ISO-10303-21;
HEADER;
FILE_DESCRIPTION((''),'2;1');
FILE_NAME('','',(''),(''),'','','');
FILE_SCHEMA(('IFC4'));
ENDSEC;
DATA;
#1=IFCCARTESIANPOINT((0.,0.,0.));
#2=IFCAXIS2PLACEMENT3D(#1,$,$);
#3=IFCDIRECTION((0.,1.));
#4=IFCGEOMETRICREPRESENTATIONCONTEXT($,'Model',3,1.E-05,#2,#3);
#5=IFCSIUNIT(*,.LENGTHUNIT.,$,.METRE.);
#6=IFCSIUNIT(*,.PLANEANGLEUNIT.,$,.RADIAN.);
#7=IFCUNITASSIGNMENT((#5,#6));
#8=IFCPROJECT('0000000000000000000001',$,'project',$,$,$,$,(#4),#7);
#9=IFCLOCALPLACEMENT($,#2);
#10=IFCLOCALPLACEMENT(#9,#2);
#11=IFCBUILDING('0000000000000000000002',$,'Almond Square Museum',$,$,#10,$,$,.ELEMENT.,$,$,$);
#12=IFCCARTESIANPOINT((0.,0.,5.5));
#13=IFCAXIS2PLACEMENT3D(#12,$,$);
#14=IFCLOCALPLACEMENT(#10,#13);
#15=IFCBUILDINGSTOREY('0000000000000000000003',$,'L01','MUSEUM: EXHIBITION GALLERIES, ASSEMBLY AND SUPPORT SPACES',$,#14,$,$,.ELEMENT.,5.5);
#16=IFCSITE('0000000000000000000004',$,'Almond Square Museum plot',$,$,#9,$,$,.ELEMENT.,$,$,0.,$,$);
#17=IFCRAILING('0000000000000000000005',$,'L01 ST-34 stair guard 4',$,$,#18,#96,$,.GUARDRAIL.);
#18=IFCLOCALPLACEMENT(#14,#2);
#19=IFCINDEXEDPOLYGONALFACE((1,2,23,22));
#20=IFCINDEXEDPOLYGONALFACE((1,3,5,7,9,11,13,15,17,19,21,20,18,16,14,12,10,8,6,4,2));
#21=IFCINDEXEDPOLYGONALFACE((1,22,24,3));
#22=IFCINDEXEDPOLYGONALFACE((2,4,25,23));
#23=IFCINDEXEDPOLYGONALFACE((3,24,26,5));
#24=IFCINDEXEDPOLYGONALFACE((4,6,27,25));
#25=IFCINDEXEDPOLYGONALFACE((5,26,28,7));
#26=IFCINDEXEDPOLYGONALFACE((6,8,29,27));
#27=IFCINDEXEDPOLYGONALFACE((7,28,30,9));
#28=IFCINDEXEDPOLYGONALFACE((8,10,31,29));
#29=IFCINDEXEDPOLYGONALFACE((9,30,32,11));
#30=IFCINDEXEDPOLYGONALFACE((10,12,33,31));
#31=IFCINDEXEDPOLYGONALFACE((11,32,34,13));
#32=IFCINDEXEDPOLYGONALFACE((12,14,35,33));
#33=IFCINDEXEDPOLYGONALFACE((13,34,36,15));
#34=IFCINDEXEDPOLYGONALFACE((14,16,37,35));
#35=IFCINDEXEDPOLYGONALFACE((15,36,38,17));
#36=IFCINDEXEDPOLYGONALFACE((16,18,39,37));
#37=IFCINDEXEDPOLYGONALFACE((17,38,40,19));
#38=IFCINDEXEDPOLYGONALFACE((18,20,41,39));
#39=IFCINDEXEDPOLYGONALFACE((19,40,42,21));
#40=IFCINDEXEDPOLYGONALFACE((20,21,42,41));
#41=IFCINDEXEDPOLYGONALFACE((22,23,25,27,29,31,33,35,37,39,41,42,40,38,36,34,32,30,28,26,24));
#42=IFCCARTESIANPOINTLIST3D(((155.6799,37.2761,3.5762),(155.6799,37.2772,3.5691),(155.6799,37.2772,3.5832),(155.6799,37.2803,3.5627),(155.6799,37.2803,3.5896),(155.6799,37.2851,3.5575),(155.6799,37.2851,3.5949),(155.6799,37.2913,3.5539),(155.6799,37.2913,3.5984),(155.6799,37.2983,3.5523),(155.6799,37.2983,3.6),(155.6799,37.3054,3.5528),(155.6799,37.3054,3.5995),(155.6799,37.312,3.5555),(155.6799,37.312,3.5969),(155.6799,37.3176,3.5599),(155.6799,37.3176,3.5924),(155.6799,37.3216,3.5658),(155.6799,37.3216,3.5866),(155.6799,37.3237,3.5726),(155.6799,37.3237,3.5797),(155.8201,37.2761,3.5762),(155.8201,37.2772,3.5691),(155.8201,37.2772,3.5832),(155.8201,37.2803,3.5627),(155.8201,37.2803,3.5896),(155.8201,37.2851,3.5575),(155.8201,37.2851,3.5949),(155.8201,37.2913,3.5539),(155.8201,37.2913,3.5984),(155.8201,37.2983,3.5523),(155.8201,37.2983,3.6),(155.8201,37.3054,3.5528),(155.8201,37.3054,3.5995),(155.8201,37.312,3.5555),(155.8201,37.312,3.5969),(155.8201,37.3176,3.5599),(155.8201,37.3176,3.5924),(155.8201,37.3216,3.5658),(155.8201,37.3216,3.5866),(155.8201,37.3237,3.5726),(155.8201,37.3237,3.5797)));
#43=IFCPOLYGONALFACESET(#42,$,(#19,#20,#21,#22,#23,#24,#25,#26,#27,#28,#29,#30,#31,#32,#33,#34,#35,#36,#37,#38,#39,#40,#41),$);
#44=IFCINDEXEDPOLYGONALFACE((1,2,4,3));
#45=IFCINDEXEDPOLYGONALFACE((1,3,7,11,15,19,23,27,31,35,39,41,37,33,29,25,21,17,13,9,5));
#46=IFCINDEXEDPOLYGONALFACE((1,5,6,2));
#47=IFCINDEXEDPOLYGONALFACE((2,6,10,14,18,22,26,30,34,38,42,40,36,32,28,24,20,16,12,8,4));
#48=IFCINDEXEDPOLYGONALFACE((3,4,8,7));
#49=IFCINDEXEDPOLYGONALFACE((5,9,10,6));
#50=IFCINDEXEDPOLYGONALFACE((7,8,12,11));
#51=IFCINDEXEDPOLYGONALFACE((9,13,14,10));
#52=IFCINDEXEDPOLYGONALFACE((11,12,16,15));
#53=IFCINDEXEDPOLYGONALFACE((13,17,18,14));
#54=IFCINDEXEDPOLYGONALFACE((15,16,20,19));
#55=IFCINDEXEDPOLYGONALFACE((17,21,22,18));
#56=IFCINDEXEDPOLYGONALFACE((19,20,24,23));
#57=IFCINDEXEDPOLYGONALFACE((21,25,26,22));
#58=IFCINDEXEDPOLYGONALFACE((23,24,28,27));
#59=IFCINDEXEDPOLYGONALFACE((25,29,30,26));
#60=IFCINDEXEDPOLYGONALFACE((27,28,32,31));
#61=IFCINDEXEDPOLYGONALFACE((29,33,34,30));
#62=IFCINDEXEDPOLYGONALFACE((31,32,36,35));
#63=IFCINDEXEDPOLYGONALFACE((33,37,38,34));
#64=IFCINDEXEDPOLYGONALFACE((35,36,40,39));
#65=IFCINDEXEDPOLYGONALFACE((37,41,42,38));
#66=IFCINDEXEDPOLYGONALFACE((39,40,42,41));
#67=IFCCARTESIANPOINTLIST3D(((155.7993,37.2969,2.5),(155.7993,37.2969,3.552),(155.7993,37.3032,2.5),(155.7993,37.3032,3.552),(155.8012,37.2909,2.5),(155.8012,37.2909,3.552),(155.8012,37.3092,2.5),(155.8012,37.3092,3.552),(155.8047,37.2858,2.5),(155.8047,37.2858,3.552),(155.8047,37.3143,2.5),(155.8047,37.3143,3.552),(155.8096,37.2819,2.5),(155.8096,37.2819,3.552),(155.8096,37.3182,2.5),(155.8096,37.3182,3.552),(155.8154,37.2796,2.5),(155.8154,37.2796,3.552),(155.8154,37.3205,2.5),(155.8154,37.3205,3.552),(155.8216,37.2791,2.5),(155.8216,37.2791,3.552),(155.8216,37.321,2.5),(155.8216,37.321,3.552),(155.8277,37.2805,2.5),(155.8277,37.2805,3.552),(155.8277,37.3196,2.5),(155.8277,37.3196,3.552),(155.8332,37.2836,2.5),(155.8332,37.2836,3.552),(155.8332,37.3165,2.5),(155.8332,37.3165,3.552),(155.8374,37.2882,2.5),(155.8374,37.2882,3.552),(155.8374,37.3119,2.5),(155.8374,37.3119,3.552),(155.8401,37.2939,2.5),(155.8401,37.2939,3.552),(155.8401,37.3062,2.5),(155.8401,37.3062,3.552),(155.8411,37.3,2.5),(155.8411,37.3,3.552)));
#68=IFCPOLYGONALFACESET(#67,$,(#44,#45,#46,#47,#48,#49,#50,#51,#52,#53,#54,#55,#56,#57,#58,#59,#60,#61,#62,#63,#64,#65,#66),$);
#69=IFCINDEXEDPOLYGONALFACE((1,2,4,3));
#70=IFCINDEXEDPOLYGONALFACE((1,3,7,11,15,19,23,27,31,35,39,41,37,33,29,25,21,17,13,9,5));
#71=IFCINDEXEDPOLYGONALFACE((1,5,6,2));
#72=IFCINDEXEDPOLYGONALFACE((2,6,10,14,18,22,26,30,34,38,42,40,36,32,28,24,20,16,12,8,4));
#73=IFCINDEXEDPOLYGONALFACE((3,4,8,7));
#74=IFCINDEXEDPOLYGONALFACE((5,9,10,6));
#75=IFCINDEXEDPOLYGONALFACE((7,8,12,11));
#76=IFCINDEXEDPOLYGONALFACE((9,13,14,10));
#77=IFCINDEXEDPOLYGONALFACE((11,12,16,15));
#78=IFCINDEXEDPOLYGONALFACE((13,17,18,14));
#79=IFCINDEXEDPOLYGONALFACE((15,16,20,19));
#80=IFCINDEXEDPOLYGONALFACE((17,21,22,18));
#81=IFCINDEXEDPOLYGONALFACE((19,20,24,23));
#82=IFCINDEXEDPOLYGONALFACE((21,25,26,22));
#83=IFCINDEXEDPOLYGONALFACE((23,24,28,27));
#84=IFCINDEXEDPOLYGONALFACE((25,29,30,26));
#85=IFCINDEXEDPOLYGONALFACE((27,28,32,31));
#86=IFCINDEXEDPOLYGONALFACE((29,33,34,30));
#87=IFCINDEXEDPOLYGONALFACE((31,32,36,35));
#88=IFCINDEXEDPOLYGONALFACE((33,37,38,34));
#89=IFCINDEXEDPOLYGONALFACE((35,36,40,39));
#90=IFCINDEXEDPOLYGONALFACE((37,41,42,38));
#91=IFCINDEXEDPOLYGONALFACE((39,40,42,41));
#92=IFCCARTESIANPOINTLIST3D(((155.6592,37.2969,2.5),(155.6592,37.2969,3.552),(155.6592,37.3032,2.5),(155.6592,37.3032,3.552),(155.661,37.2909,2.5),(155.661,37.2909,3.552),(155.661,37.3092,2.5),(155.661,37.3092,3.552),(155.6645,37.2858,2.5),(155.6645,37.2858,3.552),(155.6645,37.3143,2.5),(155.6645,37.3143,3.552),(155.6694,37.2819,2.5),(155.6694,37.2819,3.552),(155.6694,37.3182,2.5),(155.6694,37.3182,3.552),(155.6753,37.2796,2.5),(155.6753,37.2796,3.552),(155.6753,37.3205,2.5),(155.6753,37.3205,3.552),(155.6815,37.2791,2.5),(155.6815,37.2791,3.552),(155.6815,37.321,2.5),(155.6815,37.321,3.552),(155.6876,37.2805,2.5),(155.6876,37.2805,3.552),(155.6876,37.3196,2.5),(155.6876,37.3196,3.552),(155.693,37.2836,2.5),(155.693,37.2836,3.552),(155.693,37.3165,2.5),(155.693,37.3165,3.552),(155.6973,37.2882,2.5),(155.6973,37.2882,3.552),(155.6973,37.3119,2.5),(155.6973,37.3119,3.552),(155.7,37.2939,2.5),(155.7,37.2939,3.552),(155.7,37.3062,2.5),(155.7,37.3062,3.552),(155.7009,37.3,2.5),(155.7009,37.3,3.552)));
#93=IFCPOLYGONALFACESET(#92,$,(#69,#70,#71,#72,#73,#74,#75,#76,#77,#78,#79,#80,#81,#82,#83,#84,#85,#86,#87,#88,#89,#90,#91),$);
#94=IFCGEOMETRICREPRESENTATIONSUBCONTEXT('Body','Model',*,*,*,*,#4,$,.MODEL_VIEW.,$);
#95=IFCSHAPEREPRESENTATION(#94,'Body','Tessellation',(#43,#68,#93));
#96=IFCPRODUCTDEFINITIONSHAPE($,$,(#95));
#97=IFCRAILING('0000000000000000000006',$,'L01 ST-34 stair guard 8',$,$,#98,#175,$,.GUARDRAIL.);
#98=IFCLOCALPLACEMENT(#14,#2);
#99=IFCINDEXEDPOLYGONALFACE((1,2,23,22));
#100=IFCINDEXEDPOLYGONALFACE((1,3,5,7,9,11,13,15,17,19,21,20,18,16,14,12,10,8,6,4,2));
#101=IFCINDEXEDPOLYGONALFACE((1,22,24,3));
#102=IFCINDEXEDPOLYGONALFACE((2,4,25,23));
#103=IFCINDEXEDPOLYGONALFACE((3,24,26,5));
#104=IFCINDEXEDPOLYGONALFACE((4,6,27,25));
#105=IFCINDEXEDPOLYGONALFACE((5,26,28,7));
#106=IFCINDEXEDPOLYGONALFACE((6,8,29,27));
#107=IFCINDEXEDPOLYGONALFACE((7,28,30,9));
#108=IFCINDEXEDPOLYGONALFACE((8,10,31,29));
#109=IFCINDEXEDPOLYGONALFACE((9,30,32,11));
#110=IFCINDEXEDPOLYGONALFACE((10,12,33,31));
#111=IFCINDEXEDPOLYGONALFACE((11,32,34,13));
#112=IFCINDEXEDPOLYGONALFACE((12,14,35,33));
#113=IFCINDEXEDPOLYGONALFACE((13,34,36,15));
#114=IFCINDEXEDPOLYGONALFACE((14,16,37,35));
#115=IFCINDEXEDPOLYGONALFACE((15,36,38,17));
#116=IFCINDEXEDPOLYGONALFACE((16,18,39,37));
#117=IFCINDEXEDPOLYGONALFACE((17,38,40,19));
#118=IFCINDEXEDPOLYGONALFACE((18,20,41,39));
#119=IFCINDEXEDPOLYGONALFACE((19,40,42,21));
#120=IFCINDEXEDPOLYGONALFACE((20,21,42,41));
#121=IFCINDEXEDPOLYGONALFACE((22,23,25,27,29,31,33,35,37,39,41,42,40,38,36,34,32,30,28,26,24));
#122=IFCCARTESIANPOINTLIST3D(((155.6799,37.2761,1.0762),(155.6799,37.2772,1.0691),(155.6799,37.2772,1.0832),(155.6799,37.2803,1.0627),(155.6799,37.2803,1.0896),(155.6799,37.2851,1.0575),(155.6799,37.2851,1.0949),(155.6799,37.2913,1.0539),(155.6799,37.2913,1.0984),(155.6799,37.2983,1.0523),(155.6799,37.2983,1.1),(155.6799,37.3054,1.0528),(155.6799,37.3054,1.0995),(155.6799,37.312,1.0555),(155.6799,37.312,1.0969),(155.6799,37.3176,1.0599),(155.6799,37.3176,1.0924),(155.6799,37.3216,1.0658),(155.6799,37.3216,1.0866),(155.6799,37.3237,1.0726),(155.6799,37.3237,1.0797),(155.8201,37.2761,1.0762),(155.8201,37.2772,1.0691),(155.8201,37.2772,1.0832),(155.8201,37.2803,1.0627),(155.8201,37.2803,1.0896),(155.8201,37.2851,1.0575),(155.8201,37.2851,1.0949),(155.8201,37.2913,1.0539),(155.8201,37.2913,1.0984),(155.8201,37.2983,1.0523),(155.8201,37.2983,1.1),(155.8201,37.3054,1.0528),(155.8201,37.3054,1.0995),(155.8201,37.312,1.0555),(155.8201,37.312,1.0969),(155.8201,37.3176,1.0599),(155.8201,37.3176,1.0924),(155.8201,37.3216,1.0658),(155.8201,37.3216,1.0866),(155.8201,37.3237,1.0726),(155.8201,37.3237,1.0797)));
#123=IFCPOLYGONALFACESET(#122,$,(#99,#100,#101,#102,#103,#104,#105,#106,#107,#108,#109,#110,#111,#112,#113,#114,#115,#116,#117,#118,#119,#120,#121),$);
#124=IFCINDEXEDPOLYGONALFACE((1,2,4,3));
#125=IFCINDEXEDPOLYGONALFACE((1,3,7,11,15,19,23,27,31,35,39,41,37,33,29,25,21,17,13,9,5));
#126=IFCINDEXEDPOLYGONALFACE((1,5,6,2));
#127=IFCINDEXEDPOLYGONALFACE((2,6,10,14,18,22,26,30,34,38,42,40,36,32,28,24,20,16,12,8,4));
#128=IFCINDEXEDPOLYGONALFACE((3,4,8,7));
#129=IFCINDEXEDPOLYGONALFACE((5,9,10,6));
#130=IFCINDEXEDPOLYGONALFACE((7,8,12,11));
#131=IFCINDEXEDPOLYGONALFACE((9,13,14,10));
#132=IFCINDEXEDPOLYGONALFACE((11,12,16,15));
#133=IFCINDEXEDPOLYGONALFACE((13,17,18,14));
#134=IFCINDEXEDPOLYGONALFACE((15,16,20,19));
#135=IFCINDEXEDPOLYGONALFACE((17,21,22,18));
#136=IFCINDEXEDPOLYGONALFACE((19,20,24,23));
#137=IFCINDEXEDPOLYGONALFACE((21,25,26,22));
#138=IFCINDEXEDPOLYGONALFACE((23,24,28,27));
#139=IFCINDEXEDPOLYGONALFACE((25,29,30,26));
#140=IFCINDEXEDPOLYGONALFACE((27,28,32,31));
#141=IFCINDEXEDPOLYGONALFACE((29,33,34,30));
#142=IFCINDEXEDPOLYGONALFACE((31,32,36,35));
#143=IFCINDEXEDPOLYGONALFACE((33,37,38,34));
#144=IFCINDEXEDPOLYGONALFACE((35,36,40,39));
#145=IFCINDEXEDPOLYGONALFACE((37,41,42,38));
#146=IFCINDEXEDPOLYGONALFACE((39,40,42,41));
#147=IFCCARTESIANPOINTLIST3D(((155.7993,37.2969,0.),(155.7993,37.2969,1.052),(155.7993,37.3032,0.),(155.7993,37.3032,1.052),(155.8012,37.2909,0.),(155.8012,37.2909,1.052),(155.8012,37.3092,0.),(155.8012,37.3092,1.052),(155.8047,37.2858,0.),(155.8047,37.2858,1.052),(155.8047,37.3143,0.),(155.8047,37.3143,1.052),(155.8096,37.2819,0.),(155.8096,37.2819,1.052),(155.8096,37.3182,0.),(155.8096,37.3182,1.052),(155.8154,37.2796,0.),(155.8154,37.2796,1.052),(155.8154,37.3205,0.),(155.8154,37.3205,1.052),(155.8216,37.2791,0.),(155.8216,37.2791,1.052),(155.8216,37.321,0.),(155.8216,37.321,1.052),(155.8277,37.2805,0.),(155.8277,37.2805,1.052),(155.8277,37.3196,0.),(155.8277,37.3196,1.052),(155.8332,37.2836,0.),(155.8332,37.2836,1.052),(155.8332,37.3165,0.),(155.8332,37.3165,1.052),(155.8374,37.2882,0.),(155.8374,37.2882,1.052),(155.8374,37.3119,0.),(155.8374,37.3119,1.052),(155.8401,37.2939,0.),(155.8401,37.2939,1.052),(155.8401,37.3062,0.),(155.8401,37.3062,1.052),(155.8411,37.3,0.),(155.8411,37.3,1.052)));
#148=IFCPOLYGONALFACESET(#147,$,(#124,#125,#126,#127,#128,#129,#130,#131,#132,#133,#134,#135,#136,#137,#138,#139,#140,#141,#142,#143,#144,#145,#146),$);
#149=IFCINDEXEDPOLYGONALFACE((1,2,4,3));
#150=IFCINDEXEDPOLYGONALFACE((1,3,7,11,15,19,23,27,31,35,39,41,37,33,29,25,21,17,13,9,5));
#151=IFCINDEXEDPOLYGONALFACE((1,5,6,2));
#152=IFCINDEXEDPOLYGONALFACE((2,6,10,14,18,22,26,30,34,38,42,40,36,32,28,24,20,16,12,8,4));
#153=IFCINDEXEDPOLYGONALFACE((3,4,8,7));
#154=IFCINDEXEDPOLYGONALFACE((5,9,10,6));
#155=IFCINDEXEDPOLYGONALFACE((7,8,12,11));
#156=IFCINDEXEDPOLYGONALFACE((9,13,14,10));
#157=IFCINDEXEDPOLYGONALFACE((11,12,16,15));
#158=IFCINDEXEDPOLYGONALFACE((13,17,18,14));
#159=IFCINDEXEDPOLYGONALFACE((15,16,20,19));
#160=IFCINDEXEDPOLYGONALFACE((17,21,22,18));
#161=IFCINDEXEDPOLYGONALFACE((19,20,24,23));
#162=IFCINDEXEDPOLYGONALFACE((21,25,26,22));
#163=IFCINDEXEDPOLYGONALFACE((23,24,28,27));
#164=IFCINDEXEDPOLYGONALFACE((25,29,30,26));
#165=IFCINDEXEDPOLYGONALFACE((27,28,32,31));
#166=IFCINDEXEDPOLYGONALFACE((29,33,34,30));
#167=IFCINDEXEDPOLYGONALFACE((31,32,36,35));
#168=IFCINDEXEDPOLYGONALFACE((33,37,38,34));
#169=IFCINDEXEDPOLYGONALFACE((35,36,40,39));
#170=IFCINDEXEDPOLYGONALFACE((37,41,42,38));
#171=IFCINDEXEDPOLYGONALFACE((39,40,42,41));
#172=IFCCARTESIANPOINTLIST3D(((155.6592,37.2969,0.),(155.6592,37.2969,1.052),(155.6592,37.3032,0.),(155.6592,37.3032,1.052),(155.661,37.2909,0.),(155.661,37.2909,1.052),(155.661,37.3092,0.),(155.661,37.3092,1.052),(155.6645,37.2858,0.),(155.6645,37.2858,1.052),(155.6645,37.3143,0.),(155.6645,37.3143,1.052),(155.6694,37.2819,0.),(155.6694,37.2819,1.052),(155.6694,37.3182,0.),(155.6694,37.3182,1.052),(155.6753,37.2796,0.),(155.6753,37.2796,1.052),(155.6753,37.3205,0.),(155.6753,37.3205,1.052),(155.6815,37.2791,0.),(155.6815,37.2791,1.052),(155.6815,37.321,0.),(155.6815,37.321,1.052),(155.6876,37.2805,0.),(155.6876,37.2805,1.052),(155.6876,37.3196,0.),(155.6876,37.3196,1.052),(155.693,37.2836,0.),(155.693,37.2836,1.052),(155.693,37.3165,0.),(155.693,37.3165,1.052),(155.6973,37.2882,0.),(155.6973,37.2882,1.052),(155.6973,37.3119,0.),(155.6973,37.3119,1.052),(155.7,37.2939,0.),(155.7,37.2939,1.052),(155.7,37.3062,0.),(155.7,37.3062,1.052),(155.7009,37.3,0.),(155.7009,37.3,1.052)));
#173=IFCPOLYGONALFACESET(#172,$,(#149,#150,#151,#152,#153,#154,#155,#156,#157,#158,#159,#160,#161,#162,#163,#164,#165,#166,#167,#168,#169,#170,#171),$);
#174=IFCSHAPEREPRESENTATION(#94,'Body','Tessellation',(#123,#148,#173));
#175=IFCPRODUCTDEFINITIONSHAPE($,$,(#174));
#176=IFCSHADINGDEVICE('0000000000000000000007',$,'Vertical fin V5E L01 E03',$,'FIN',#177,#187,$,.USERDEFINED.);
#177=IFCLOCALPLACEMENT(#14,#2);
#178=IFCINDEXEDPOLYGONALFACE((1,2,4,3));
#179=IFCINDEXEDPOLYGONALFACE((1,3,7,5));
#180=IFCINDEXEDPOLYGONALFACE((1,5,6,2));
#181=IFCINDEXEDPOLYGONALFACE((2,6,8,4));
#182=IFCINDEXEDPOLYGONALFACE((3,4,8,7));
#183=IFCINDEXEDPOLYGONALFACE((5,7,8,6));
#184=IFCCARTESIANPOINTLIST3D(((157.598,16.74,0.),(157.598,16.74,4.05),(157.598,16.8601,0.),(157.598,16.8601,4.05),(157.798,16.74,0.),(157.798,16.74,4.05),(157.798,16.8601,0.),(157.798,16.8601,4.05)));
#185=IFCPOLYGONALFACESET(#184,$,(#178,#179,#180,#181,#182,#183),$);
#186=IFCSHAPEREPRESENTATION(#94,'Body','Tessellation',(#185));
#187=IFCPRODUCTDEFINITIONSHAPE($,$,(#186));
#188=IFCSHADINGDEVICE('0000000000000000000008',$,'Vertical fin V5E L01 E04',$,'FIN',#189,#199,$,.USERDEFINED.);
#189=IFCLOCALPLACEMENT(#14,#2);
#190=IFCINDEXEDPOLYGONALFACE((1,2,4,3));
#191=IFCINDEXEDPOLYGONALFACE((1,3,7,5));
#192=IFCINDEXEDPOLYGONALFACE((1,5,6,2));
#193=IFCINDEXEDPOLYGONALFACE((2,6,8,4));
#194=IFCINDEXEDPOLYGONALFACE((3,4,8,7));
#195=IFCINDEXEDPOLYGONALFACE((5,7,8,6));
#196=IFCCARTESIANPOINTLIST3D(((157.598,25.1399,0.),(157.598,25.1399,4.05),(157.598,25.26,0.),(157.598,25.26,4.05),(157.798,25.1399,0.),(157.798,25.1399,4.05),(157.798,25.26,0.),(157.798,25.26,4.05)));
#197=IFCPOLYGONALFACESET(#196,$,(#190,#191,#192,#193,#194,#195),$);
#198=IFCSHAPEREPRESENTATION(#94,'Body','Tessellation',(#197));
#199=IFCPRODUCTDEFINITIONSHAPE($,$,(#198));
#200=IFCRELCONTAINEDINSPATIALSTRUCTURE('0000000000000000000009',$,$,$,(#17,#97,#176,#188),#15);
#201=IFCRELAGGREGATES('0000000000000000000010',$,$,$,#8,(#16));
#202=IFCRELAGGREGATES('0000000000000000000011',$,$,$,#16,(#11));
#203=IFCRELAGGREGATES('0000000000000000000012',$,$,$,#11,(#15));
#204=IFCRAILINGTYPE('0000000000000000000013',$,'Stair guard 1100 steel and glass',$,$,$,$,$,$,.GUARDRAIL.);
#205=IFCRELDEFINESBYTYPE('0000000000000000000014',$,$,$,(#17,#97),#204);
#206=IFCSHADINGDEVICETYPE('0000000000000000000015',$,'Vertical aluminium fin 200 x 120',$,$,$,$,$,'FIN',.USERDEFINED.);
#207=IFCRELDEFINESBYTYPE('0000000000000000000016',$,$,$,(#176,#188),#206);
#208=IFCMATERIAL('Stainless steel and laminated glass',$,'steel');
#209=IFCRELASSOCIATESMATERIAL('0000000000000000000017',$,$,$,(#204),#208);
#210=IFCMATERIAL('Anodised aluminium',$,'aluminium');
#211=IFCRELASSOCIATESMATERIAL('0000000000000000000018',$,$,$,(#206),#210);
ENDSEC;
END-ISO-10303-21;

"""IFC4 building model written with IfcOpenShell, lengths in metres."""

from ifc_helpers import new_model, si_unit, direction, frame, origin, origin_2d, place, context, subcontext, project, spatial, rectangle, circle, extrude, material, material_profile, profile_set, type_object, element, save


model = new_model("IFC4")

# Units and contexts
model_context = context("Model", 3, precision=1e-05, world=origin(), true_north=direction((0.0, 1.0)))
body_context = subcontext(model_context, "Body", "Model", "MODEL_VIEW")
ifc_project = project(units=[si_unit("LENGTHUNIT", "METRE"), si_unit("PLANEANGLEUNIT", "RADIAN")], contexts=[model_context])

# Site, building, storey
site_placement = place(None, origin())
site = spatial("IfcSite", under=ifc_project, at=site_placement, Name="Almond Square Museum plot", CompositionType="ELEMENT", RefElevation=0.0)
building_placement = place(site_placement, origin())
building = spatial("IfcBuilding", under=site, at=building_placement, Name="Almond Square Museum", CompositionType="ELEMENT")
storey_placement = place(building_placement, frame((0.0, 0.0, 5.5)))
storey = spatial("IfcBuildingStorey", under=building, at=storey_placement, Name="L01", Description="MUSEUM: EXHIBITION GALLERIES, ASSEMBLY AND SUPPORT SPACES", CompositionType="ELEMENT", Elevation=5.5)

# Railings
ifc_material_1 = material(Name="Stainless steel and laminated glass", Category="steel")
railing_type = type_object("IfcRailingType", Name="Stair guard 1100 steel and glass", PredefinedType="GUARDRAIL", material=ifc_material_1)
for number, where, name in (
    (1, (155.8201, 37.3, 2.5), "L01 ST-34 stair guard 4"),
    (2, (155.8201, 37.3, 0.0), "L01 ST-34 stair guard 8"),
):
    element("IfcRailing", number, at=place(storey_placement, frame(where)), inside=storey, type_object=railing_type, Name=name, PredefinedType="GUARDRAIL", context=body_context, shape_type="SweptSolid", body=[
        extrude(circle(Radius=0.0239, at=origin_2d()), frame((0.0, 0.0, 1.0762), z_axis=(-1.0, 0.0, 0.0), x_axis=(0.0, -1.0, 0.0)), (0.0, 0.0, 1.0), 0.1401),
        extrude(circle(Radius=0.021, at=origin_2d()), origin(), (0.0, 0.0, 1.0), 1.052),
        extrude(circle(Radius=0.021, at=origin_2d()), frame((-0.1401, 0.0, 0.0)), (0.0, 0.0, 1.0), 1.052),
    ])

# Shading devices
ifc_material_2 = material(Name="Anodised aluminium", Category="aluminium")
ifc_material_profile_1 = material_profile(ifc_material_2, rectangle(XDim=0.2, YDim=0.1201, at=origin_2d()))
ifc_profile_set_1 = profile_set([ifc_material_profile_1], Name="Anodised aluminium")
shading_device_type = type_object("IfcShadingDeviceType", Name="Vertical aluminium fin 200 x 120", ElementType="FIN", PredefinedType="USERDEFINED", material=ifc_profile_set_1)
for number, where, z_axis, x_axis, name in (
    (3, (157.698, 16.8, 0.0), (0.0, 0.0, 1.0), (1.0, 0.0, 0.0), "Vertical fin V5E L01 E03"),
    (4, (157.698, 25.2, 0.0), (0.0, 0.0, 1.0), (1.0, 0.0, 0.0), "Vertical fin V5E L01 E04"),
):
    element("IfcShadingDevice", number, at=place(storey_placement, frame(where, z_axis=z_axis, x_axis=x_axis)), inside=storey, type_object=shading_device_type, Name=name, ObjectType="FIN", PredefinedType="USERDEFINED", context=body_context, shape_type="SweptSolid", body=[
        extrude(rectangle(XDim=0.2, YDim=0.1201, at=origin_2d()), origin(), (0.0, 0.0, 1.0), 4.05),
    ])

save(model, "model.ifc")
